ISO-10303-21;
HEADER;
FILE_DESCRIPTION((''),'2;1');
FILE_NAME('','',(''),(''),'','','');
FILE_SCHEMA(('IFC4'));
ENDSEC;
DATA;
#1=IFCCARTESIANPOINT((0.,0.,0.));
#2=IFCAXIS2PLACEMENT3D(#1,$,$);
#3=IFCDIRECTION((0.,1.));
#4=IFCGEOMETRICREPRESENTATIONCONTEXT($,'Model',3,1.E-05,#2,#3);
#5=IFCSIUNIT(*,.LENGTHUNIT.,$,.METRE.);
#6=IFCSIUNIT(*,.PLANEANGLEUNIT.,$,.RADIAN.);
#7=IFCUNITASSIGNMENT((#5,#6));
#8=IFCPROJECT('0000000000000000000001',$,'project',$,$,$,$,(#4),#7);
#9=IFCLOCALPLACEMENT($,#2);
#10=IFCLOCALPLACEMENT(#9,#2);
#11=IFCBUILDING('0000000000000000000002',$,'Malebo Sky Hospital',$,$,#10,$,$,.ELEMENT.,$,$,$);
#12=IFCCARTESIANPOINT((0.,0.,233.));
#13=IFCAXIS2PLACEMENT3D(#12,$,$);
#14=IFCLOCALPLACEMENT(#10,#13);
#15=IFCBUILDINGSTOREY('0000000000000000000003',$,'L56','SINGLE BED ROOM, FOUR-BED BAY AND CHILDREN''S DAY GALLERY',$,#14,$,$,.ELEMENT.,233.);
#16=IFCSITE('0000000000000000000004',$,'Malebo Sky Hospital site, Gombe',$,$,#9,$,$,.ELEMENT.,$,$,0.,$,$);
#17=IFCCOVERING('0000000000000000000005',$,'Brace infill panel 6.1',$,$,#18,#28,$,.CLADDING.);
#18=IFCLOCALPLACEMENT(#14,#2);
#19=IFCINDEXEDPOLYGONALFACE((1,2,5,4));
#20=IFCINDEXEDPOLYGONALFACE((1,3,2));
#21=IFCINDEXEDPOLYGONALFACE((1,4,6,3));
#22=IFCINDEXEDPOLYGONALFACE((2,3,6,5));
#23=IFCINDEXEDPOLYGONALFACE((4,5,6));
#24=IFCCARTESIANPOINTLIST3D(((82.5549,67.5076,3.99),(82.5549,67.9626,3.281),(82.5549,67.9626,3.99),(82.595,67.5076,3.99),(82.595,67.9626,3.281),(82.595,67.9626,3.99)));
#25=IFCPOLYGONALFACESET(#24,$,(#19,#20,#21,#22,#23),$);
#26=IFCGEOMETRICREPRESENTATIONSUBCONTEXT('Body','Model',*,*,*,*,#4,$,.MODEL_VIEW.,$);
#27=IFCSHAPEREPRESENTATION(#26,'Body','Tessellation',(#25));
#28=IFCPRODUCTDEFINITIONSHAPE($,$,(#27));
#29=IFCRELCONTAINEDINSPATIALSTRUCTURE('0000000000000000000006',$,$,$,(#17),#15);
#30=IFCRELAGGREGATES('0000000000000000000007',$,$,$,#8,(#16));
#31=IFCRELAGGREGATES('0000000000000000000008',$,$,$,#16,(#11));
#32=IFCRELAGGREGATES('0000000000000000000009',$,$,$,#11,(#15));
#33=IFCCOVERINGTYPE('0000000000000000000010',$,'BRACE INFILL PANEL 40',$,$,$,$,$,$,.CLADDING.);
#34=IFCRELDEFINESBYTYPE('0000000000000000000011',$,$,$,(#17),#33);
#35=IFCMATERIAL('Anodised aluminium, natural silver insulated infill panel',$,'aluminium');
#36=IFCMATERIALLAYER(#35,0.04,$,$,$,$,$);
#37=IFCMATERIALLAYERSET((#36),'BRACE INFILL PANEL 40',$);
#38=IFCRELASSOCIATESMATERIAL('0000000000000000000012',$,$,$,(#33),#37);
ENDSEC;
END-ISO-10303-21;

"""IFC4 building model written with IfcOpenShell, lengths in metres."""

from ifc_helpers import new_model, si_unit, direction, frame, origin, place, context, subcontext, project, spatial, polyline, outline, extrude, material, layer, layer_set, type_object, element, save


model = new_model("IFC4")

# Units and contexts
model_context = context("Model", 3, precision=1e-05, world=origin(), true_north=direction((0.0, 1.0)))
body_context = subcontext(model_context, "Body", "Model", "MODEL_VIEW")
ifc_project = project(units=[si_unit("LENGTHUNIT", "METRE"), si_unit("PLANEANGLEUNIT", "RADIAN")], contexts=[model_context])

# Site, building, storey
site_placement = place(None, origin())
site = spatial("IfcSite", under=ifc_project, at=site_placement, Name="Malebo Sky Hospital site, Gombe", CompositionType="ELEMENT", RefElevation=0.0)
building_placement = place(site_placement, origin())
building = spatial("IfcBuilding", under=site, at=building_placement, Name="Malebo Sky Hospital", CompositionType="ELEMENT")
storey_placement = place(building_placement, frame((0.0, 0.0, 233.0)))
storey = spatial("IfcBuildingStorey", under=building, at=storey_placement, Name="L56", Description="SINGLE BED ROOM, FOUR-BED BAY AND CHILDREN'S DAY GALLERY", CompositionType="ELEMENT", Elevation=233.0)

# Covering
ifc_material_1 = material(Name="Anodised aluminium, natural silver insulated infill panel", Category="aluminium")
ifc_layer_1 = layer(ifc_material_1, 0.04)
ifc_layer_set_1 = layer_set([ifc_layer_1], Name="BRACE INFILL PANEL 40")
covering_type = type_object("IfcCoveringType", Name="BRACE INFILL PANEL 40", PredefinedType="CLADDING", material=ifc_layer_set_1)
covering_placement = place(storey_placement, frame((82.575, 67.7351, 3.281), z_axis=(0.0, 0.0, 1.0), x_axis=(0.0, -1.0, 0.0)))
element("IfcCovering", 1, at=covering_placement, inside=storey, type_object=covering_type, Name="Brace infill panel 6.1", PredefinedType="CLADDING", context=body_context, shape_type="SweptSolid", body=[
    extrude(outline(polyline([(-0.2275, 0.0), (0.2275, 0.709), (-0.2275, 0.709), (-0.2275, 0.0)])), frame((0.0, 0.02, 0.0), z_axis=(0.0, -1.0, 0.0), x_axis=(1.0, 0.0, 0.0)), (0.0, 0.0, 1.0), 0.04),
])

save(model, "model.ifc")
